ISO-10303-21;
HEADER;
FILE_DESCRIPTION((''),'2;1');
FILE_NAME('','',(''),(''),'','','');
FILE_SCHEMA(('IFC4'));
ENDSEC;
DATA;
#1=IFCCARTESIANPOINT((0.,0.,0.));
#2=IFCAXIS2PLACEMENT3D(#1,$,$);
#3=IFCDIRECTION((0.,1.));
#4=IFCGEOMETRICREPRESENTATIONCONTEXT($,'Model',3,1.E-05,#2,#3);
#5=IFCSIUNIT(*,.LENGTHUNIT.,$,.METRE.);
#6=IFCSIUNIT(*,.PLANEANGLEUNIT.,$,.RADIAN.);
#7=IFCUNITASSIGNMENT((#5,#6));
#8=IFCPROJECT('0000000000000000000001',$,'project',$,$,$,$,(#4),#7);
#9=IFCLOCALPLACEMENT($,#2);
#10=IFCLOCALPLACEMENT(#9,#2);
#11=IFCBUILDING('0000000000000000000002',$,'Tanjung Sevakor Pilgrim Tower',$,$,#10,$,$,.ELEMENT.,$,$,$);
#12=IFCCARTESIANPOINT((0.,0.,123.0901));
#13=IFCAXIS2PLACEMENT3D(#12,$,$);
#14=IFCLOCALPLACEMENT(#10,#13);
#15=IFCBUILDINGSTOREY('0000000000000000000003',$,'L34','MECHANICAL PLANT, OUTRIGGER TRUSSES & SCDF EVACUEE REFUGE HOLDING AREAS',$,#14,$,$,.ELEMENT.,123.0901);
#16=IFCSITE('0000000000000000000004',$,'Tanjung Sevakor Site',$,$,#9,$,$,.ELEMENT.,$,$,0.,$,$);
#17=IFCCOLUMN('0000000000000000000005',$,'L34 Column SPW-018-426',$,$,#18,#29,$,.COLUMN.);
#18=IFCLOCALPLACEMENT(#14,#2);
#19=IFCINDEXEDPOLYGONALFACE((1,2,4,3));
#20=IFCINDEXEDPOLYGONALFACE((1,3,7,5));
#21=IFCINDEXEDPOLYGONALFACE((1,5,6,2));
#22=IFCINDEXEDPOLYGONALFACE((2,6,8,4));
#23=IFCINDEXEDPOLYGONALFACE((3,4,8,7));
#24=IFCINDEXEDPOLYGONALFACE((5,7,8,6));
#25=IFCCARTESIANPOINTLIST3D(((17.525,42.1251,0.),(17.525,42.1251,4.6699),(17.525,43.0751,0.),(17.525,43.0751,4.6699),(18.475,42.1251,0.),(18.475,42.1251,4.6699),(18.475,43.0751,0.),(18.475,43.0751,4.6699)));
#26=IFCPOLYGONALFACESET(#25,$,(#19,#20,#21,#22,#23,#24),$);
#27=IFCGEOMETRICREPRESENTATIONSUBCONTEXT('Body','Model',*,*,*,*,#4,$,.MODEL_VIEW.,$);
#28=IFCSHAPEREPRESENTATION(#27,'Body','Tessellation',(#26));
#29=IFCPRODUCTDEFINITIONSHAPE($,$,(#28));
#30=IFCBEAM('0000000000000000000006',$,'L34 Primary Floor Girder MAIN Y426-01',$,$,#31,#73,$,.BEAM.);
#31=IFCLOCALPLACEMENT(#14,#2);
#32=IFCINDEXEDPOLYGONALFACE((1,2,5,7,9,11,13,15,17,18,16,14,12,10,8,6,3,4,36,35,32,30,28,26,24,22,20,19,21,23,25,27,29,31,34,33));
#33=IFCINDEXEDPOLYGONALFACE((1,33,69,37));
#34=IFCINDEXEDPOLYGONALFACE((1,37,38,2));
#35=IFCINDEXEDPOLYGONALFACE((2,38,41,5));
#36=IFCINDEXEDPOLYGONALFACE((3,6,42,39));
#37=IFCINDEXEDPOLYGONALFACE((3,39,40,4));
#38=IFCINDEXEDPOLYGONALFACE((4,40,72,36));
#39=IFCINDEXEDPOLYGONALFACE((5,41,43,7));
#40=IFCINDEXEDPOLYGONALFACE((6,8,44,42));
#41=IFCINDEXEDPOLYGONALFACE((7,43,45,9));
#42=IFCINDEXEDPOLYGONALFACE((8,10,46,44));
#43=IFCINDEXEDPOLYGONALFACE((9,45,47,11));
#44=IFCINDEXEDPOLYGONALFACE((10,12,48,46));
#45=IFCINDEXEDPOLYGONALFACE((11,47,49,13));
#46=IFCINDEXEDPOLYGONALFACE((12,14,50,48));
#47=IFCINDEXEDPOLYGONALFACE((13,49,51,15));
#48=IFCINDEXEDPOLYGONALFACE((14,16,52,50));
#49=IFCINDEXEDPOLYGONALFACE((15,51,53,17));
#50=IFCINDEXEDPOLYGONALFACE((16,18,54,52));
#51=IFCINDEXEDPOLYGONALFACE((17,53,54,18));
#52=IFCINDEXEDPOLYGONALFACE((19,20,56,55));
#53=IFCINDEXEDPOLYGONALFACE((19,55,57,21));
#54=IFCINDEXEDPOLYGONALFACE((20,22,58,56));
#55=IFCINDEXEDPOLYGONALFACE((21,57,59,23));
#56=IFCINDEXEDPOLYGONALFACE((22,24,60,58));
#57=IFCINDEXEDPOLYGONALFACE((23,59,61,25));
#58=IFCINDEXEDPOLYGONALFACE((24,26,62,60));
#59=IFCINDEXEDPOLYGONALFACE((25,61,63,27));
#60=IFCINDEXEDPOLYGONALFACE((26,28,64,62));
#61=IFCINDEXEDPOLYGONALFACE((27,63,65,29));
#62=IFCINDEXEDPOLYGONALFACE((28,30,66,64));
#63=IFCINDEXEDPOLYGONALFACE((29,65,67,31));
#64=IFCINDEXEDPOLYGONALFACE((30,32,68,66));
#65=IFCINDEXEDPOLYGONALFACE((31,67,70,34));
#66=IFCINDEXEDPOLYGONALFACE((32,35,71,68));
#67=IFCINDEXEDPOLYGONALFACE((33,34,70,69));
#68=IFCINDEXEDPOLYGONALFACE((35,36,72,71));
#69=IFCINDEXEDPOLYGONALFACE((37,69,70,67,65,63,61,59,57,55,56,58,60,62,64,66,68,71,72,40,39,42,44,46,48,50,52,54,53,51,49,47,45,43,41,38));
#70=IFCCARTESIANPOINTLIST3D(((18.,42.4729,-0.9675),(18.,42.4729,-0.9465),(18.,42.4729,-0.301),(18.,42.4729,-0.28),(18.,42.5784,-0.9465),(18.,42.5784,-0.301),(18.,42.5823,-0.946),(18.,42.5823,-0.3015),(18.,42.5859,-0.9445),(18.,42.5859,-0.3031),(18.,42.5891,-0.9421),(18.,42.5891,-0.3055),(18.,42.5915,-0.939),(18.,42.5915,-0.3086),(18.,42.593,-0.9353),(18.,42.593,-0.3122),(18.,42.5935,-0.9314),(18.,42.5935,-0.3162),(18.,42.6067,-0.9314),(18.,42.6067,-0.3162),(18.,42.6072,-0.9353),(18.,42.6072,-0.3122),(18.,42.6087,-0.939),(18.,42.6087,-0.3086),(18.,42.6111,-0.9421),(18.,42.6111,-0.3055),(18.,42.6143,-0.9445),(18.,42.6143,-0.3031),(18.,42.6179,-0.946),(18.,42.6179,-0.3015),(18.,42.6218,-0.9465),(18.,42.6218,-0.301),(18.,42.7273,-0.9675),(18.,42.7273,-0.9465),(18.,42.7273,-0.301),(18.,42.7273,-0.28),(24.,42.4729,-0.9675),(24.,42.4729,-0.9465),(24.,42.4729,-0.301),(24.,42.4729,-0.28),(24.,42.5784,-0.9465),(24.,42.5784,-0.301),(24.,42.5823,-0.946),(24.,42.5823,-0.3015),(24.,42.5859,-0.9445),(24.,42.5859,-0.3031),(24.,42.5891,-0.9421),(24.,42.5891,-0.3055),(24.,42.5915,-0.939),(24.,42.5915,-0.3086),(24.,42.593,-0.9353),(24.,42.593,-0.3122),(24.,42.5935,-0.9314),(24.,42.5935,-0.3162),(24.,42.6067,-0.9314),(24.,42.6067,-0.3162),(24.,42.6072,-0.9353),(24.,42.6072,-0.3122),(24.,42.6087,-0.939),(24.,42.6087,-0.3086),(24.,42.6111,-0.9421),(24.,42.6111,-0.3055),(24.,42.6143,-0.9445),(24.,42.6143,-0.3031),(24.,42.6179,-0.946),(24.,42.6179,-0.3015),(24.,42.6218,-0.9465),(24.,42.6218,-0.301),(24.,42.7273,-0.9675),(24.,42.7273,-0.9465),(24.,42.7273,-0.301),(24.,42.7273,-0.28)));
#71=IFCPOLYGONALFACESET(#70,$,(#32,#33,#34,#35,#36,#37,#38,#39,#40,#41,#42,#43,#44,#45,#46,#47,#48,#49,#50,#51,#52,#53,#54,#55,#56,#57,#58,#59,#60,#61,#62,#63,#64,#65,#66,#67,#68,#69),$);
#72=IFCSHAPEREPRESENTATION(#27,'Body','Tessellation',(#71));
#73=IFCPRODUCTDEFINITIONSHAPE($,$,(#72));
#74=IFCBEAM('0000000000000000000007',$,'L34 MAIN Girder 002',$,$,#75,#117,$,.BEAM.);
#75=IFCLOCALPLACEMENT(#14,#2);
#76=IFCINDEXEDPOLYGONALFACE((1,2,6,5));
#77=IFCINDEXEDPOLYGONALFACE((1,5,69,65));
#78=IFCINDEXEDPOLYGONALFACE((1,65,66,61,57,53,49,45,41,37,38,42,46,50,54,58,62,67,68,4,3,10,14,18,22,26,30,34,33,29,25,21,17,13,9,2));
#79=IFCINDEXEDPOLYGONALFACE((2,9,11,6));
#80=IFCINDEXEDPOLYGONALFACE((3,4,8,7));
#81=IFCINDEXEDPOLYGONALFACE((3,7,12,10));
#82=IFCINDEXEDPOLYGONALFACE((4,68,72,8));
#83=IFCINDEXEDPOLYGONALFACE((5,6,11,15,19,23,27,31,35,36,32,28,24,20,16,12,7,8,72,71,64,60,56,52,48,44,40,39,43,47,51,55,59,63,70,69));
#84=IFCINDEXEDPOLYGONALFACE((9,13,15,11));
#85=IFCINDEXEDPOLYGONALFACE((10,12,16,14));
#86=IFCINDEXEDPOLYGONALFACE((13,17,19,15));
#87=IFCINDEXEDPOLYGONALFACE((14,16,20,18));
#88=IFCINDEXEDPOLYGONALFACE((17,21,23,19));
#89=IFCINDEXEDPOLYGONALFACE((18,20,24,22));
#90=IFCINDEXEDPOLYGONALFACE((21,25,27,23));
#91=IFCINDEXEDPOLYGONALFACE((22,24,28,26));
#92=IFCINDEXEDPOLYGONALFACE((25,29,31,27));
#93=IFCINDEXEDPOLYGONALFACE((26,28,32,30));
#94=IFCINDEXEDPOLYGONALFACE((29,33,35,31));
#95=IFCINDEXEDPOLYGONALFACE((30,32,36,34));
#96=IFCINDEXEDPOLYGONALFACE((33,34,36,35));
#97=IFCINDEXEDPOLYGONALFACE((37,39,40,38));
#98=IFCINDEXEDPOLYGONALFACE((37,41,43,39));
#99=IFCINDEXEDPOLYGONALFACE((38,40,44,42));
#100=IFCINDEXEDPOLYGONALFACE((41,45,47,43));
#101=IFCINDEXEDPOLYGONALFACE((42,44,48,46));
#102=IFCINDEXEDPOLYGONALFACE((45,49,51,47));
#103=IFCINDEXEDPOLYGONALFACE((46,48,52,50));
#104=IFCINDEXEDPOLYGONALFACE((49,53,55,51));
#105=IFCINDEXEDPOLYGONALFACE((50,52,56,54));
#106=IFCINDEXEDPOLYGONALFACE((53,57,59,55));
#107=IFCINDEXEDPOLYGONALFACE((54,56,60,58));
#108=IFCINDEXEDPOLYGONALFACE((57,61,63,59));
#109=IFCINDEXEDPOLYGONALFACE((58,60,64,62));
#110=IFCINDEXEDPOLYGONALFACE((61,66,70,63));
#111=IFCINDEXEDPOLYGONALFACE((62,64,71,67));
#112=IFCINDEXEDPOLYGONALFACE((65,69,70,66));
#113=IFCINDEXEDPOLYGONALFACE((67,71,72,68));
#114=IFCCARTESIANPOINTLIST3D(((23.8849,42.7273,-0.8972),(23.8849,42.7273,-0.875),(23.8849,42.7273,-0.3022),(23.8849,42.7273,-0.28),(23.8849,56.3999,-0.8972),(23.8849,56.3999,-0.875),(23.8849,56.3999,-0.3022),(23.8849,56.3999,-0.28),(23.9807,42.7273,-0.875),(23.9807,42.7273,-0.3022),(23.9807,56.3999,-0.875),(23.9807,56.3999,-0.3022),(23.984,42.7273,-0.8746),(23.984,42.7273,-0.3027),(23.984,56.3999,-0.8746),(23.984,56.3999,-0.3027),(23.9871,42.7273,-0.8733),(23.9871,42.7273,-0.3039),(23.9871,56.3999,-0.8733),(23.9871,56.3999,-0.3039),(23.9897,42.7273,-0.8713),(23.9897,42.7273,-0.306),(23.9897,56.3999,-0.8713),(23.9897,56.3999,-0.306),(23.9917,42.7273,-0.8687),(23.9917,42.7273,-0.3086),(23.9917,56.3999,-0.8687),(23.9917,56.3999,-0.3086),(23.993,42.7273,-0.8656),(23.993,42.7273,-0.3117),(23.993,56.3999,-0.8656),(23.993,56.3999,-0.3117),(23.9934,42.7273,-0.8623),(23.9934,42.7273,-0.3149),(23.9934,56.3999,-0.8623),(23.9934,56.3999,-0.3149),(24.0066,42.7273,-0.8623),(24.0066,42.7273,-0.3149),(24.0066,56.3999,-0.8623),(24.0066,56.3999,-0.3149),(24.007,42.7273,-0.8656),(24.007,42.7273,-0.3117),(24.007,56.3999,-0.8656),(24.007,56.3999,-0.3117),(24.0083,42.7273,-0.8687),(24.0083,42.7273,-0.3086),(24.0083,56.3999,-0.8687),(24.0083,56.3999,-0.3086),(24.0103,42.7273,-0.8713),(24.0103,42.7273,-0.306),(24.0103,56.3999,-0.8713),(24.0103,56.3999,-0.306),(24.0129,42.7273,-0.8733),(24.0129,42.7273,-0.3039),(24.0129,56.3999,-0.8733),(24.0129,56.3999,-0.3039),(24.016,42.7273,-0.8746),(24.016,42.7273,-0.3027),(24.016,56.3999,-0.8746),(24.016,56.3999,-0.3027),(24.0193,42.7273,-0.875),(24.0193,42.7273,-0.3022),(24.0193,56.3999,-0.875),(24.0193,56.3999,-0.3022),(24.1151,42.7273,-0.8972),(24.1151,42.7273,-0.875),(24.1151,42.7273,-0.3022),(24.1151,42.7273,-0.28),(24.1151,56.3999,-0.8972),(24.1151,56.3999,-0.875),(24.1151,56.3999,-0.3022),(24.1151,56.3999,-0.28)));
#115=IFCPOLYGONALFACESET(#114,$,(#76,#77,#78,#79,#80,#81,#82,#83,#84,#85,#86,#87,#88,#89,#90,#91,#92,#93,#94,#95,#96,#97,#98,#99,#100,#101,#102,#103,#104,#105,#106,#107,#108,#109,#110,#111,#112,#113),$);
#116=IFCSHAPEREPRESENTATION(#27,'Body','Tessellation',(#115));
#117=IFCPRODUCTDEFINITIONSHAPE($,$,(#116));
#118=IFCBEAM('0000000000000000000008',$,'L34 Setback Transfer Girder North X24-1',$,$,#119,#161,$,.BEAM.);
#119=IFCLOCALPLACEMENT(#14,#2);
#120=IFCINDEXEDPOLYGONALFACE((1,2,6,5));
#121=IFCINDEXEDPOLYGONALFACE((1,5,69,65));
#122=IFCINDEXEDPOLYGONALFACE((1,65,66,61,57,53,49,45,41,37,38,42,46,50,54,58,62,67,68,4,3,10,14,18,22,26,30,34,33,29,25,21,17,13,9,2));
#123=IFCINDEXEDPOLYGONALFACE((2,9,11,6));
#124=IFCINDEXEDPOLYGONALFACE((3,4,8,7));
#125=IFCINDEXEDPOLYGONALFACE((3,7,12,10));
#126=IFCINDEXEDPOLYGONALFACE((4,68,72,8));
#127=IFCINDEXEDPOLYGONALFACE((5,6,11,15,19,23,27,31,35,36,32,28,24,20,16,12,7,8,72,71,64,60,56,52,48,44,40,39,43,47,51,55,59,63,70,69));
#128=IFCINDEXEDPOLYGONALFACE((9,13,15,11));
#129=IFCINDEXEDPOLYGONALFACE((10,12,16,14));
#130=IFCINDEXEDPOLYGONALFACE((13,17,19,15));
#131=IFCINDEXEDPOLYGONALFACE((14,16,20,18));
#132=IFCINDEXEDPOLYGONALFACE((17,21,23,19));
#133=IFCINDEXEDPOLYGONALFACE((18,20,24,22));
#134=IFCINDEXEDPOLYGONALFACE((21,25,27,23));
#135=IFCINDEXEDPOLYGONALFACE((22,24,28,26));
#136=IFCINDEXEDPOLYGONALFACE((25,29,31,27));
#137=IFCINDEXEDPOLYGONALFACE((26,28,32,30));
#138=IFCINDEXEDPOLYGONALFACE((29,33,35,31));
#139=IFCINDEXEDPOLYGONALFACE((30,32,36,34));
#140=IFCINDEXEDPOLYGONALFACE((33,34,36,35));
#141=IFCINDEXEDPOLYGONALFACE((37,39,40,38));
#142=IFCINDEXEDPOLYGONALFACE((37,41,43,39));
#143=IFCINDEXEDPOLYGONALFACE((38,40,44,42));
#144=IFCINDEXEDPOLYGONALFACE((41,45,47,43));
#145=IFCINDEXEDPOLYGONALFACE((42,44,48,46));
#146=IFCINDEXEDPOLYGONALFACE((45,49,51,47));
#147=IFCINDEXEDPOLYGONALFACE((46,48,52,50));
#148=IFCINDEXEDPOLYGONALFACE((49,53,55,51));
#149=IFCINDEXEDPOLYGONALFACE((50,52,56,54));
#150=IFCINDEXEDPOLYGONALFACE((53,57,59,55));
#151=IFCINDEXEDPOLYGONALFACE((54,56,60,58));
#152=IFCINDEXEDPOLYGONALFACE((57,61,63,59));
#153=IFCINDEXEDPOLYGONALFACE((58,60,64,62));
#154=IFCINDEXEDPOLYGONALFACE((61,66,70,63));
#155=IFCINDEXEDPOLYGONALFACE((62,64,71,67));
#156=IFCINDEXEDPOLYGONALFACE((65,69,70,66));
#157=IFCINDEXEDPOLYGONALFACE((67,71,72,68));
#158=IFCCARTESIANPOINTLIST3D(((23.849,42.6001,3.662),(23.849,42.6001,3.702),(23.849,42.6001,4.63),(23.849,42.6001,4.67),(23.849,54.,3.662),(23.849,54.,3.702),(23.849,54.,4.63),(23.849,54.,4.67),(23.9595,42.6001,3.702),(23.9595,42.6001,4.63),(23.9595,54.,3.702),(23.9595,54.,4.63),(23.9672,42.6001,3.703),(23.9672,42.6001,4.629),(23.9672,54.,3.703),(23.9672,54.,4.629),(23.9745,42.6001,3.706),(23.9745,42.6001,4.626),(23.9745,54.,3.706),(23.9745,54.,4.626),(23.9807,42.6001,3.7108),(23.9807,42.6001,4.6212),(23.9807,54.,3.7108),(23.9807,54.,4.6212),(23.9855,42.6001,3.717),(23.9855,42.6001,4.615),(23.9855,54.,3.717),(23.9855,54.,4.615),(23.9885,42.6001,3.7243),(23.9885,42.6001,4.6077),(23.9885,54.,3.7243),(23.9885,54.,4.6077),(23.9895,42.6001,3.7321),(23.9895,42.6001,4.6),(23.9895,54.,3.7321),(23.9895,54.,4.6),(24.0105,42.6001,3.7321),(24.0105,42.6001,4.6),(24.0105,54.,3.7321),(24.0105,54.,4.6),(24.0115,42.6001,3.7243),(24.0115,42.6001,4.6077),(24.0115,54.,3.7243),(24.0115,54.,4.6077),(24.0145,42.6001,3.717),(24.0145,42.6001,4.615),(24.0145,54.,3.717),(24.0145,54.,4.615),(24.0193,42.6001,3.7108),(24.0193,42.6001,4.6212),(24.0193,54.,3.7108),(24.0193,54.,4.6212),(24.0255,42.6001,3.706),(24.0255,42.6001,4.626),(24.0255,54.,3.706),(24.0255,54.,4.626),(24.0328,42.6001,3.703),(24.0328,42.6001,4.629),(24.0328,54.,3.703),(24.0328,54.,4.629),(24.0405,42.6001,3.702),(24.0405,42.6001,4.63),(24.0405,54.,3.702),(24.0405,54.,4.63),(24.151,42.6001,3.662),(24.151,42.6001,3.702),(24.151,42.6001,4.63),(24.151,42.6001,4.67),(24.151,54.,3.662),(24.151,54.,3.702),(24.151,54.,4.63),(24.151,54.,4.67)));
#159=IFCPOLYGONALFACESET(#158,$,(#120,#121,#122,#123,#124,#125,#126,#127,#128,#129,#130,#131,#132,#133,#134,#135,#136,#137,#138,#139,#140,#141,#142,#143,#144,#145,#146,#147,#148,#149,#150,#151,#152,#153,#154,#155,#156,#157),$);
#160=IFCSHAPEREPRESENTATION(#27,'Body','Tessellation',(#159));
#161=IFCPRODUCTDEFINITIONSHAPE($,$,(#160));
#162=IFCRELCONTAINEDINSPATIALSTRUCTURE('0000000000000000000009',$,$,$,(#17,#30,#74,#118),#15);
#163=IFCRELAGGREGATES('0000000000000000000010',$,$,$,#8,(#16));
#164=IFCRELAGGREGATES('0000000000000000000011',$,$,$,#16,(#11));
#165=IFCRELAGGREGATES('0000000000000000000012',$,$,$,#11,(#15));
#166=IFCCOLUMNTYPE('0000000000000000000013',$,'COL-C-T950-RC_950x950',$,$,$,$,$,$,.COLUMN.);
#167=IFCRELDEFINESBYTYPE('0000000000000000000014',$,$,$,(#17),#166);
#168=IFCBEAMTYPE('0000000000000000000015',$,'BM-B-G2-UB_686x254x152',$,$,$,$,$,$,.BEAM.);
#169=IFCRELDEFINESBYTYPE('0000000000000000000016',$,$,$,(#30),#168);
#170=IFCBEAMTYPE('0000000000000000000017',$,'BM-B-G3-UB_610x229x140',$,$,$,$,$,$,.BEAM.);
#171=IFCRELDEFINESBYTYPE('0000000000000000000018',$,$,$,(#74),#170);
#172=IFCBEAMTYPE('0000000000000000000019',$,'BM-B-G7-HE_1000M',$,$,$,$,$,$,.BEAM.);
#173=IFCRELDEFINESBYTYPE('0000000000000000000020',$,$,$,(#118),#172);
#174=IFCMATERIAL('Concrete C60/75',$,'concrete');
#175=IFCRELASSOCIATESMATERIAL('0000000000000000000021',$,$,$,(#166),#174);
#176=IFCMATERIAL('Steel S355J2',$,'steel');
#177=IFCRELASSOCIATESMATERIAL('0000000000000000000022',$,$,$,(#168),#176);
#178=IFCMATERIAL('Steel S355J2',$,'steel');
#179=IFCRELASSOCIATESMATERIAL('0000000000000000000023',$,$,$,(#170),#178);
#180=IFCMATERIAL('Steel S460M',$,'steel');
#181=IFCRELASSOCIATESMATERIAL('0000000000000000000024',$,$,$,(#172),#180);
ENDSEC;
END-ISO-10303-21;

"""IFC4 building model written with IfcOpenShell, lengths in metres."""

from ifc_helpers import new_model, si_unit, direction, frame, origin, origin_2d, place, context, subcontext, project, spatial, rectangle, i_section, extrude, material, material_profile, profile_set, type_object, element, save


model = new_model("IFC4")

# Units and contexts
model_context = context("Model", 3, precision=1e-05, world=origin(), true_north=direction((0.0, 1.0)))
body_context = subcontext(model_context, "Body", "Model", "MODEL_VIEW")
ifc_project = project(units=[si_unit("LENGTHUNIT", "METRE"), si_unit("PLANEANGLEUNIT", "RADIAN")], contexts=[model_context])

# Site, building, storey
site_placement = place(None, origin())
site = spatial("IfcSite", under=ifc_project, at=site_placement, Name="Tanjung Sevakor Site", CompositionType="ELEMENT", RefElevation=0.0)
building_placement = place(site_placement, origin())
building = spatial("IfcBuilding", under=site, at=building_placement, Name="Tanjung Sevakor Pilgrim Tower", CompositionType="ELEMENT")
storey_placement = place(building_placement, frame((0.0, 0.0, 123.0901)))
storey = spatial("IfcBuildingStorey", under=building, at=storey_placement, Name="L34", Description="MECHANICAL PLANT, OUTRIGGER TRUSSES & SCDF EVACUEE REFUGE HOLDING AREAS", CompositionType="ELEMENT", Elevation=123.0901)

# Column
ifc_material_1 = material(Name="Concrete C60/75", Category="concrete")
ifc_material_profile_1 = material_profile(ifc_material_1, rectangle(XDim=0.95, YDim=0.95, at=origin_2d()))
ifc_profile_set_1 = profile_set([ifc_material_profile_1], Name="Concrete C60/75")
column_type = type_object("IfcColumnType", Name="COL-C-T950-RC_950x950", PredefinedType="COLUMN", material=ifc_profile_set_1)
column_placement = place(storey_placement, frame((18.0, 42.6001, 0.0), z_axis=(0.0, 0.0, 1.0), x_axis=(1.0, 0.0, 0.0)))
element("IfcColumn", 1, at=column_placement, inside=storey, type_object=column_type, Name="L34 Column SPW-018-426", PredefinedType="COLUMN", context=body_context, shape_type="SweptSolid", body=[
    extrude(rectangle(XDim=0.95, YDim=0.95, at=origin_2d()), origin(), (0.0, 0.0, 1.0), 4.6699),
])

# Beams
ifc_material_2 = material(Name="Steel S355J2", Category="steel")
ifc_material_profile_2 = material_profile(ifc_material_2, i_section(OverallWidth=0.2544, OverallDepth=0.6875, WebThickness=0.0132, FlangeThickness=0.021, FilletRadius=0.0151, at=origin_2d()))
ifc_profile_set_2 = profile_set([ifc_material_profile_2], Name="Steel S355J2")
beam_type_1 = type_object("IfcBeamType", Name="BM-B-G2-UB_686x254x152", PredefinedType="BEAM", material=ifc_profile_set_2)
beam_1_placement = place(storey_placement, frame((18.0, 42.6001, -0.6238), z_axis=(1.0, 0.0, 0.0), x_axis=(0.0, 1.0, 0.0)))
element("IfcBeam", 2, at=beam_1_placement, inside=storey, type_object=beam_type_1, Name="L34 Primary Floor Girder MAIN Y426-01", PredefinedType="BEAM", context=body_context, shape_type="SweptSolid", body=[
    extrude(i_section(OverallWidth=0.2544, OverallDepth=0.6875, WebThickness=0.0132, FlangeThickness=0.021, FilletRadius=0.0151, at=origin_2d()), origin(), (0.0, 0.0, 1.0), 6.0),
])
ifc_material_3 = material(Name="Steel S355J2", Category="steel")
ifc_material_profile_3 = material_profile(ifc_material_3, i_section(OverallWidth=0.2302, OverallDepth=0.6172, WebThickness=0.0132, FlangeThickness=0.0222, FilletRadius=0.0127, at=origin_2d()))
ifc_profile_set_3 = profile_set([ifc_material_profile_3], Name="Steel S355J2")
beam_type_2 = type_object("IfcBeamType", Name="BM-B-G3-UB_610x229x140", PredefinedType="BEAM", material=ifc_profile_set_3)
beam_2_placement = place(storey_placement, frame((24.0, 42.7273, -0.5886), z_axis=(0.0, 1.0, 0.0), x_axis=(-1.0, 0.0, 0.0)))
element("IfcBeam", 3, at=beam_2_placement, inside=storey, type_object=beam_type_2, Name="L34 MAIN Girder 002", PredefinedType="BEAM", context=body_context, shape_type="SweptSolid", body=[
    extrude(i_section(OverallWidth=0.2302, OverallDepth=0.6172, WebThickness=0.0132, FlangeThickness=0.0222, FilletRadius=0.0127, at=origin_2d()), origin(), (0.0, 0.0, 1.0), 13.6726),
])
ifc_material_4 = material(Name="Steel S460M", Category="steel")
ifc_material_profile_4 = material_profile(ifc_material_4, i_section(OverallWidth=0.302, OverallDepth=1.0081, WebThickness=0.021, FlangeThickness=0.04, FilletRadius=0.03, at=origin_2d()))
ifc_profile_set_4 = profile_set([ifc_material_profile_4], Name="Steel S460M")
beam_type_3 = type_object("IfcBeamType", Name="BM-B-G7-HE_1000M", PredefinedType="BEAM", material=ifc_profile_set_4)
for number, where, z_axis, x_axis, name in (
    (4, (24.0, 42.6001, 4.166), (0.0, 1.0, 0.0), (-1.0, 0.0, 0.0), "L34 Setback Transfer Girder North X24-1"),
):
    element("IfcBeam", number, at=place(storey_placement, frame(where, z_axis=z_axis, x_axis=x_axis)), inside=storey, type_object=beam_type_3, Name=name, PredefinedType="BEAM", context=body_context, shape_type="SweptSolid", body=[
        extrude(i_section(OverallWidth=0.302, OverallDepth=1.0081, WebThickness=0.021, FlangeThickness=0.04, FilletRadius=0.03, at=origin_2d()), origin(), (0.0, 0.0, 1.0), 11.3999),
    ])

save(model, "model.ifc")
